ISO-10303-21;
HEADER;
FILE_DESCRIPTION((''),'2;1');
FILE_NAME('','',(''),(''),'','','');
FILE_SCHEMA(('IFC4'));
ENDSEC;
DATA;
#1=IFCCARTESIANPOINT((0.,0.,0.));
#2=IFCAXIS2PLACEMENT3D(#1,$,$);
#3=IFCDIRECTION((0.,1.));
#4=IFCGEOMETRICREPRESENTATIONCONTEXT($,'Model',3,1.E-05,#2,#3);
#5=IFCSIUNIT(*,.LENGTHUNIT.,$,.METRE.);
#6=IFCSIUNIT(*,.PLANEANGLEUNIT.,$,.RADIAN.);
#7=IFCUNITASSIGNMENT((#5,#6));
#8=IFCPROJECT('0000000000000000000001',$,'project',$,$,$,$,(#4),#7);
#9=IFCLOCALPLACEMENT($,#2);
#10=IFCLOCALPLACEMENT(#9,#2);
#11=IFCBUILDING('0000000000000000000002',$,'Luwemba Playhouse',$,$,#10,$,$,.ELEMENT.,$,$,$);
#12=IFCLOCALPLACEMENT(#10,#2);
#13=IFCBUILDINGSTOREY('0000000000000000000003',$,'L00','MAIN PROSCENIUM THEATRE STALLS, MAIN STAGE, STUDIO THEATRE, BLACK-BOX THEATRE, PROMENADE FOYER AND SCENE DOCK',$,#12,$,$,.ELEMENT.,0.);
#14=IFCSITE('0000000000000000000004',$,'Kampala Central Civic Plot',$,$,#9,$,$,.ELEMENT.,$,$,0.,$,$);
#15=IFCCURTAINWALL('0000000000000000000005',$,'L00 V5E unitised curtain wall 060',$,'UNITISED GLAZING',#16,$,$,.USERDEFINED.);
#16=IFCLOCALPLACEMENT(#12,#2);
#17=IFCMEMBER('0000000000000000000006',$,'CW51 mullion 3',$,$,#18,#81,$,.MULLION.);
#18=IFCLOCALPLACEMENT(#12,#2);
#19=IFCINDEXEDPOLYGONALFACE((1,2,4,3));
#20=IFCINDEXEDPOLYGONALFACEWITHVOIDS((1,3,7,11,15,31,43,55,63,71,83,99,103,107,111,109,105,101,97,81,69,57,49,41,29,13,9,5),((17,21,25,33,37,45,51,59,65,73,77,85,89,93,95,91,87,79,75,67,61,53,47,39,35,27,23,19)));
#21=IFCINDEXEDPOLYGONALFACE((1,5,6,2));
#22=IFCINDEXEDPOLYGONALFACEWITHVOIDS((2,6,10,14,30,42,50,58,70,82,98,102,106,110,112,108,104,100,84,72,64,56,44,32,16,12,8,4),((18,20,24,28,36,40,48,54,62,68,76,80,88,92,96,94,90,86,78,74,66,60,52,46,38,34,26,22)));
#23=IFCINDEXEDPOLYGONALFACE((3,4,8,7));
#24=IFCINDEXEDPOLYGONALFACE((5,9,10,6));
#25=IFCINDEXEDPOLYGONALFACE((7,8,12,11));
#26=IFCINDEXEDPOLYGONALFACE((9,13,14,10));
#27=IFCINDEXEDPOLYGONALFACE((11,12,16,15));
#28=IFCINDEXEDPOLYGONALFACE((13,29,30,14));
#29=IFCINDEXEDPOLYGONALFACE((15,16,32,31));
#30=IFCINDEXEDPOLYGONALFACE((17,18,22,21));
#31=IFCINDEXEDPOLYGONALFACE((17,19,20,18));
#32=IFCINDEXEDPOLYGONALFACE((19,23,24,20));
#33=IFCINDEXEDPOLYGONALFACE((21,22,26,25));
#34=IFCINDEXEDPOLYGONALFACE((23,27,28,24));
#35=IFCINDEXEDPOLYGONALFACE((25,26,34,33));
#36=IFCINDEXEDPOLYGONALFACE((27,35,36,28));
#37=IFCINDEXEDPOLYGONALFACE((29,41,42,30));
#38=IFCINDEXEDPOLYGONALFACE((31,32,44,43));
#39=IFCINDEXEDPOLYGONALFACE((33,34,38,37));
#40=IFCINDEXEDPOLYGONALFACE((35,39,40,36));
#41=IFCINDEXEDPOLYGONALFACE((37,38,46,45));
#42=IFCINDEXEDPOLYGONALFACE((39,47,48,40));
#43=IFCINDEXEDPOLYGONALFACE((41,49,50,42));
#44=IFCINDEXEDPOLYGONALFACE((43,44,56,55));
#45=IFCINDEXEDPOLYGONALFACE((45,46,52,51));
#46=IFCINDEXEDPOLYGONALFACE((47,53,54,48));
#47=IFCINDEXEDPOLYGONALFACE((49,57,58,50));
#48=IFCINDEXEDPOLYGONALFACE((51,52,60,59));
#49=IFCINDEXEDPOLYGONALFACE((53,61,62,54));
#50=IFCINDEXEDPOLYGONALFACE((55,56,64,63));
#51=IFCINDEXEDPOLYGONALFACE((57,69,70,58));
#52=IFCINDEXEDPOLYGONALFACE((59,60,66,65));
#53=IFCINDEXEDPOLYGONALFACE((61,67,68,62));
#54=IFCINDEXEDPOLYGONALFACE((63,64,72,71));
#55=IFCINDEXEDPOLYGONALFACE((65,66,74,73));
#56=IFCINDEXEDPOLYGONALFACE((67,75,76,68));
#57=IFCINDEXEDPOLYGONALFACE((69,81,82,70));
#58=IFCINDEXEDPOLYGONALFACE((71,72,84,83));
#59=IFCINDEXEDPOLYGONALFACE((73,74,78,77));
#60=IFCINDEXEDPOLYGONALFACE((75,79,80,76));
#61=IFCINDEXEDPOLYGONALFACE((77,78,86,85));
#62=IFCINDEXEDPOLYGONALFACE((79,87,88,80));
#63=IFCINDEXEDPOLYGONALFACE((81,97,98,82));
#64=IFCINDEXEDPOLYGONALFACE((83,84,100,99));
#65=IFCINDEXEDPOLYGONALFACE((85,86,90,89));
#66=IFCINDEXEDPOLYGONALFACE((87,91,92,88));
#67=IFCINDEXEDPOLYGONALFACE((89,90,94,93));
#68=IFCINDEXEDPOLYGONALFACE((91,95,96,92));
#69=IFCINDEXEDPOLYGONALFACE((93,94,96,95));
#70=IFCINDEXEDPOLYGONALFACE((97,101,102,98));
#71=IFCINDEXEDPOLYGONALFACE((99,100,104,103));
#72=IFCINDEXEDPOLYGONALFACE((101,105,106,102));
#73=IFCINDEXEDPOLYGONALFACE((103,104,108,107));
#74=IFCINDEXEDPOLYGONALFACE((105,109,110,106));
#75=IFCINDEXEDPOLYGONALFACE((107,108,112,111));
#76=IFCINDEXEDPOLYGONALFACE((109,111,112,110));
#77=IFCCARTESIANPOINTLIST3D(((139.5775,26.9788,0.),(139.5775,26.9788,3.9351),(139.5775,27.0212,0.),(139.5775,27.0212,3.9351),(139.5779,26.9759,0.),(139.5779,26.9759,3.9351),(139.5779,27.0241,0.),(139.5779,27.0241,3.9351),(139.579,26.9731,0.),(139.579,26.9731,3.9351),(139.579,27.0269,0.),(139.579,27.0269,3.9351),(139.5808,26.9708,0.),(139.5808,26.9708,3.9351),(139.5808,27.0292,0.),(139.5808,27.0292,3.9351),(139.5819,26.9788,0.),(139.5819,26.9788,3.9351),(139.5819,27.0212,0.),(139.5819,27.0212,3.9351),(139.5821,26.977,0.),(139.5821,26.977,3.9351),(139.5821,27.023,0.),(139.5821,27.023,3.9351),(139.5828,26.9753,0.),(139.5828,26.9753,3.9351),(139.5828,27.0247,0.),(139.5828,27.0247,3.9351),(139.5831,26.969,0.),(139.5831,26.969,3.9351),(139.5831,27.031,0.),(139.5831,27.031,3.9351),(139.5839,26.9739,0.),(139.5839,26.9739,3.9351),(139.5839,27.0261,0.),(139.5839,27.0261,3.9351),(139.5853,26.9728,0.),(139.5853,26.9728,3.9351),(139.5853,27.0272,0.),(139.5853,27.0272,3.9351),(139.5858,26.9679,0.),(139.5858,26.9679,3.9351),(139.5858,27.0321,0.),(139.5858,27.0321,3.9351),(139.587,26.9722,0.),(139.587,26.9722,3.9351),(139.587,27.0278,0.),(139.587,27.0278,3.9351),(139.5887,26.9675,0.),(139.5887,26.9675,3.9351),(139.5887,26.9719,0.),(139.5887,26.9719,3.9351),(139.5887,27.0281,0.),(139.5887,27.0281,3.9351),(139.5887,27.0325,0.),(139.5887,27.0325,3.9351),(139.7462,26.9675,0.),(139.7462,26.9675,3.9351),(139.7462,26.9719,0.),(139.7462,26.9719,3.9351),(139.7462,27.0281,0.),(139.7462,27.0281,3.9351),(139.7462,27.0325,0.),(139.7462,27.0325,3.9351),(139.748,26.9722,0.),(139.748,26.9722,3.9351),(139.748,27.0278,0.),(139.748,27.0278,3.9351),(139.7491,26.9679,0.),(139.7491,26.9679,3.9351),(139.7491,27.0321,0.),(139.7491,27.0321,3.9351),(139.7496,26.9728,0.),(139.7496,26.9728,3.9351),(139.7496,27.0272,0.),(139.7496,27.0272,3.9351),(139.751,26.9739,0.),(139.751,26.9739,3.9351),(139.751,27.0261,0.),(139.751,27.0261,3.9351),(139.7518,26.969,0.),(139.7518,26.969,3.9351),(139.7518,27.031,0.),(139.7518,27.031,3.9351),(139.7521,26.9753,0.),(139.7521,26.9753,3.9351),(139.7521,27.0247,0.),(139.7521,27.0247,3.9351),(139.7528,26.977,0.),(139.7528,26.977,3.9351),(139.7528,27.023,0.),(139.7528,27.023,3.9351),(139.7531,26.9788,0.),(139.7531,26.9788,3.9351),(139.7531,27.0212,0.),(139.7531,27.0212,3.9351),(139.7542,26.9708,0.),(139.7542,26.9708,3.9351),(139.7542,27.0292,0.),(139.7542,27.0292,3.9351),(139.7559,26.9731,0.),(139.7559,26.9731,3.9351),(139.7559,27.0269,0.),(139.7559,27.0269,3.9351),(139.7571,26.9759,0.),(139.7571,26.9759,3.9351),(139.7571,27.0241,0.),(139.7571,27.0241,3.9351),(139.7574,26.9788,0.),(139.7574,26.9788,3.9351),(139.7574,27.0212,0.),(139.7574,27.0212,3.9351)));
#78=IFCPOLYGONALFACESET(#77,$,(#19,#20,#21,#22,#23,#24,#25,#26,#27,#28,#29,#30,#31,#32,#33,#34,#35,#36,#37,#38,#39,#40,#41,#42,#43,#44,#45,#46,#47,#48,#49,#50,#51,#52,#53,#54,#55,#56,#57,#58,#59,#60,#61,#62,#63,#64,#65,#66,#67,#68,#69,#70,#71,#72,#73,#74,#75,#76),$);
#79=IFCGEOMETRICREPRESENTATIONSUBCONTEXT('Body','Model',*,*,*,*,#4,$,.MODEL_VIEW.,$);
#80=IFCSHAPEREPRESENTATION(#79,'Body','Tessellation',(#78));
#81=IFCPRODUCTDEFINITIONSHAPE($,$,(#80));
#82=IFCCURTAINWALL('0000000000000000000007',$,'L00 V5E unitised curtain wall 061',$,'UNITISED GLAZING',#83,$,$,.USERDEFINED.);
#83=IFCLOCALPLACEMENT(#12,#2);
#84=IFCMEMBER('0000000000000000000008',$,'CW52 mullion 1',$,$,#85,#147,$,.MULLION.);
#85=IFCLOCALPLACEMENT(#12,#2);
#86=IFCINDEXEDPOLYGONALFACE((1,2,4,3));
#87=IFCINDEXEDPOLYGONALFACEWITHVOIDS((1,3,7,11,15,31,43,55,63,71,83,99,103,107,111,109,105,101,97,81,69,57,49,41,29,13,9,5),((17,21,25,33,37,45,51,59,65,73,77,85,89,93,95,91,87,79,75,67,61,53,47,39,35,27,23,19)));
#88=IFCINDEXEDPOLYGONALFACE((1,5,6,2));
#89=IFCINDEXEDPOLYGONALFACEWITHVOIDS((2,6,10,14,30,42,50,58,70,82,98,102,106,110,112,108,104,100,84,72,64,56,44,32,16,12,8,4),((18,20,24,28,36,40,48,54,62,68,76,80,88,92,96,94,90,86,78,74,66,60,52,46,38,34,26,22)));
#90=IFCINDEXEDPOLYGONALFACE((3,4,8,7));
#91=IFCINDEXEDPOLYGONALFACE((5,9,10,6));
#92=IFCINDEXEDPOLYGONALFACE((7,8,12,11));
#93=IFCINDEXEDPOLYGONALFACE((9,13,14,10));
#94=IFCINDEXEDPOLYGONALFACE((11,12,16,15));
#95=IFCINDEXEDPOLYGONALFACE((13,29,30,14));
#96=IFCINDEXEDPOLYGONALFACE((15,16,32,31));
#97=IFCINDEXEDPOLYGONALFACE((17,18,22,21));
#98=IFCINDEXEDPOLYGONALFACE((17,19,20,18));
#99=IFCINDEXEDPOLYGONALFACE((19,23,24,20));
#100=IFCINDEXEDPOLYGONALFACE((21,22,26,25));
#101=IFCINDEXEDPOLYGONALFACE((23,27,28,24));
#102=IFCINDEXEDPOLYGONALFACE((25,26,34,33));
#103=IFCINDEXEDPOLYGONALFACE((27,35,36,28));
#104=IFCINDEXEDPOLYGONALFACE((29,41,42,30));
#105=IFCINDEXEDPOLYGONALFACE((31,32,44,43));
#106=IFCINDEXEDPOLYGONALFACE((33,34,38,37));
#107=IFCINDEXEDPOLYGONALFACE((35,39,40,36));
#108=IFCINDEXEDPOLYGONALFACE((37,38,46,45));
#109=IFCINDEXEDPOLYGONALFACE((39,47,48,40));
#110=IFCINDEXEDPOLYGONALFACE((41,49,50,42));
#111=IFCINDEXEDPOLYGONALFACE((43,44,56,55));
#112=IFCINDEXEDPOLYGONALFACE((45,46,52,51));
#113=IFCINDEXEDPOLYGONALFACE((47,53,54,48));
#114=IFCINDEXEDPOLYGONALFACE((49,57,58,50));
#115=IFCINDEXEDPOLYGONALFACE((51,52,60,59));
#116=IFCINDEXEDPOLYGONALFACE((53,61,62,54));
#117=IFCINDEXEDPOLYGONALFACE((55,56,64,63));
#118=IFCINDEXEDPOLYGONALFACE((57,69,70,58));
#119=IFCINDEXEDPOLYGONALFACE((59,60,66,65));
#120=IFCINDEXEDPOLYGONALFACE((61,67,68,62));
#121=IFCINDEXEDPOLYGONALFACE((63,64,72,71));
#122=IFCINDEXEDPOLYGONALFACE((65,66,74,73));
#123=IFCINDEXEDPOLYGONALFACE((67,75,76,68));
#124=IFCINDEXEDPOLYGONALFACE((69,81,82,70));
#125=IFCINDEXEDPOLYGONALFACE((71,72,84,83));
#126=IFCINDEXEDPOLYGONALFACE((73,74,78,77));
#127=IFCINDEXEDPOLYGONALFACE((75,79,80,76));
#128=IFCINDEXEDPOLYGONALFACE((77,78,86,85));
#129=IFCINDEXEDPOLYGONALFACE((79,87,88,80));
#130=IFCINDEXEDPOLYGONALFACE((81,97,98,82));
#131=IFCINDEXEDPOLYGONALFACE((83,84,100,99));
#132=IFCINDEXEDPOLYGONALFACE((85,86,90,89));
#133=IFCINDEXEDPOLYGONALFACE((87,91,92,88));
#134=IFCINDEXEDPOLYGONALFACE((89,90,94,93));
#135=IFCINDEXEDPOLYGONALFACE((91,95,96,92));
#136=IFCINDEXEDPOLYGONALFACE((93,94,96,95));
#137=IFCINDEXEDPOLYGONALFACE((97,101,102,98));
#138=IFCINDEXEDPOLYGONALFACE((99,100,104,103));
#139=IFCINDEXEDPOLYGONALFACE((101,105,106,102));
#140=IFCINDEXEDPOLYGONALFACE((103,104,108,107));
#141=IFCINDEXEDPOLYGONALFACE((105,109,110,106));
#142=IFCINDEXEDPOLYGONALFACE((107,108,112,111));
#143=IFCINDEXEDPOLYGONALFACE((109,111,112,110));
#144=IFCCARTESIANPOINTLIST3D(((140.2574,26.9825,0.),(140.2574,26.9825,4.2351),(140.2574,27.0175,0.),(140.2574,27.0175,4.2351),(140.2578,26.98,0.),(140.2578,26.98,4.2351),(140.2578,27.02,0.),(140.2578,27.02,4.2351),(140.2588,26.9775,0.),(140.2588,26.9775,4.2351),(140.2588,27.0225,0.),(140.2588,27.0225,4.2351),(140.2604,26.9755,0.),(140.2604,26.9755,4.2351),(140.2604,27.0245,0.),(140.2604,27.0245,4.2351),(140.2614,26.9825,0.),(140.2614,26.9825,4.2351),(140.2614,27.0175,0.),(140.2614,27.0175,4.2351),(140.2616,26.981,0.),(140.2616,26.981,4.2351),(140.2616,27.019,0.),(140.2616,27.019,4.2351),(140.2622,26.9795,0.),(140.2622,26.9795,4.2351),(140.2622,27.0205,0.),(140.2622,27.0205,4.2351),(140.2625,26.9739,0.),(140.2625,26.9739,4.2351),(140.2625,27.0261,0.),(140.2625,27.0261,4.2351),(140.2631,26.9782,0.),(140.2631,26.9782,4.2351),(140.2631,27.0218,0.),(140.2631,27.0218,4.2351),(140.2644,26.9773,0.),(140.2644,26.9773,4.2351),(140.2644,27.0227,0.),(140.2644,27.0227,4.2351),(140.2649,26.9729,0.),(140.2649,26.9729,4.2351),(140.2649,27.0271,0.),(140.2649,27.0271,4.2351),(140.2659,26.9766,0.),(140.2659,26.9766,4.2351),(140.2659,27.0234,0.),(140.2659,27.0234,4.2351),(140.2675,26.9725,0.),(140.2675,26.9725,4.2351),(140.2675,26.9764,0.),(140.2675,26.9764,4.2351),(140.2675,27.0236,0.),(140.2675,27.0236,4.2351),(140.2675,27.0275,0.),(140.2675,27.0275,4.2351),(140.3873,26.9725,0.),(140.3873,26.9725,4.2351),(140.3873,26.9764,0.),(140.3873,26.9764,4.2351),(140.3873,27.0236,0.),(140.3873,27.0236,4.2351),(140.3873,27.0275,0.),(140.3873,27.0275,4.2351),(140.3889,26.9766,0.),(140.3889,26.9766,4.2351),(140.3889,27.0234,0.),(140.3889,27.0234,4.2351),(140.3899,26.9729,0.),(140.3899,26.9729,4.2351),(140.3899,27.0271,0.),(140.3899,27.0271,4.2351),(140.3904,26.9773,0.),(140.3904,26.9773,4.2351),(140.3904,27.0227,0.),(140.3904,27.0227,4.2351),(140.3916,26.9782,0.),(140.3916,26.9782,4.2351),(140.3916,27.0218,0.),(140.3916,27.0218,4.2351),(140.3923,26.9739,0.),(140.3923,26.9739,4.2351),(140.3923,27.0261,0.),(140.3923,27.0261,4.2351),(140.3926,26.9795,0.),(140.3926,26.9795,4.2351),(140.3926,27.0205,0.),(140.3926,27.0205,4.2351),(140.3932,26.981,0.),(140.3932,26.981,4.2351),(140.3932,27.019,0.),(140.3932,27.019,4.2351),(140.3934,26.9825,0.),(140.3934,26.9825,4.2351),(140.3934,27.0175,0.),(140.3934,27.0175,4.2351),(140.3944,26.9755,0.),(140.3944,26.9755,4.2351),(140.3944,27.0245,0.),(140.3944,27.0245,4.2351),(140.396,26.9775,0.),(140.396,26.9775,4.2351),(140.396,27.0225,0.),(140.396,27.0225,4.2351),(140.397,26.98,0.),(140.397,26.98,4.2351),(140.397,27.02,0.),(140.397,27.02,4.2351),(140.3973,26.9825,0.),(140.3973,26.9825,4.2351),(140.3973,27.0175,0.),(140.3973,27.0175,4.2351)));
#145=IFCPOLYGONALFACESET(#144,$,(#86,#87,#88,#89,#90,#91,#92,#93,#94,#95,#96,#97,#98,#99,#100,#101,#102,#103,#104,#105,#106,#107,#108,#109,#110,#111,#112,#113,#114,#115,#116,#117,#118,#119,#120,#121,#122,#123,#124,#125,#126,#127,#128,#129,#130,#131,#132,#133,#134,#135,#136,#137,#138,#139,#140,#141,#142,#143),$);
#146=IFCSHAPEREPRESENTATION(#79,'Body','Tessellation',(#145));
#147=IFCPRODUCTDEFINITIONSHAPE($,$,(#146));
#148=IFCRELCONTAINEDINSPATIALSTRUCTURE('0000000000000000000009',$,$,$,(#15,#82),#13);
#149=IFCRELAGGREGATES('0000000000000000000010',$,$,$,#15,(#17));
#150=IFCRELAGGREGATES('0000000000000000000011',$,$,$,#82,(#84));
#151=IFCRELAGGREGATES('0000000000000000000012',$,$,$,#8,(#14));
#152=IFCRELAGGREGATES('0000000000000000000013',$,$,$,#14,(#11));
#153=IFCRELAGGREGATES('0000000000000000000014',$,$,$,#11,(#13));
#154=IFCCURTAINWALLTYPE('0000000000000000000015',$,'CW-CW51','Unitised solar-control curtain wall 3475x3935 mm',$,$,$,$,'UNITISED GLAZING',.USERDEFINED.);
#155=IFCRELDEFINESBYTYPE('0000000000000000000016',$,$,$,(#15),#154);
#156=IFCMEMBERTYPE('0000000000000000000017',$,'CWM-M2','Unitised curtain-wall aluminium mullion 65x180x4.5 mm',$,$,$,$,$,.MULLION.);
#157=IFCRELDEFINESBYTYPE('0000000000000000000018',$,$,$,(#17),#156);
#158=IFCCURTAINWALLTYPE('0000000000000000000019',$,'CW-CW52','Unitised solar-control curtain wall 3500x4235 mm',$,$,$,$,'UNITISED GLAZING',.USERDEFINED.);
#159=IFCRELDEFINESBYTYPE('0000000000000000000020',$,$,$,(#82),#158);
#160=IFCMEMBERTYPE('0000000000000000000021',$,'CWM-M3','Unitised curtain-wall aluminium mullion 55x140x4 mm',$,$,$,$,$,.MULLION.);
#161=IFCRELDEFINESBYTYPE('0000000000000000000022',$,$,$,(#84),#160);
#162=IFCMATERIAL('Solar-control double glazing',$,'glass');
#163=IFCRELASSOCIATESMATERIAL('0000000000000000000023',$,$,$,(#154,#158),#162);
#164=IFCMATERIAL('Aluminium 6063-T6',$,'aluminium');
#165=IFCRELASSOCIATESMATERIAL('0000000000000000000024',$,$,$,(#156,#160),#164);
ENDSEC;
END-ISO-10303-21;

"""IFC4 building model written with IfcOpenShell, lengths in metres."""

from ifc_helpers import new_model, si_unit, direction, frame, origin, origin_2d, place, context, subcontext, project, spatial, hollow_rectangle, extrude, material, material_profile, profile_set, type_object, element, aggregate, save


model = new_model("IFC4")

# Units and contexts
model_context = context("Model", 3, precision=1e-05, world=origin(), true_north=direction((0.0, 1.0)))
body_context = subcontext(model_context, "Body", "Model", "MODEL_VIEW")
ifc_project = project(units=[si_unit("LENGTHUNIT", "METRE"), si_unit("PLANEANGLEUNIT", "RADIAN")], contexts=[model_context])

# Site, building, storey
site_placement = place(None, origin())
site = spatial("IfcSite", under=ifc_project, at=site_placement, Name="Kampala Central Civic Plot", CompositionType="ELEMENT", RefElevation=0.0)
building_placement = place(site_placement, origin())
building = spatial("IfcBuilding", under=site, at=building_placement, Name="Luwemba Playhouse", CompositionType="ELEMENT")
storey_placement = place(building_placement, origin())
storey = spatial("IfcBuildingStorey", under=building, at=storey_placement, Name="L00", Description="MAIN PROSCENIUM THEATRE STALLS, MAIN STAGE, STUDIO THEATRE, BLACK-BOX THEATRE, PROMENADE FOYER AND SCENE DOCK", CompositionType="ELEMENT", Elevation=0.0)

# Curtain wall, member
ifc_material_1 = material(Name="Solar-control double glazing", Category="glass")
curtain_wall_type_1 = type_object("IfcCurtainWallType", Name="CW-CW51", Description="Unitised solar-control curtain wall 3475x3935 mm", ElementType="UNITISED GLAZING", PredefinedType="USERDEFINED", material=ifc_material_1)
curtain_wall_1_placement = place(storey_placement, origin())
curtain_wall_1 = element("IfcCurtainWall", 1, at=curtain_wall_1_placement, inside=storey, type_object=curtain_wall_type_1, Name="L00 V5E unitised curtain wall 060", ObjectType="UNITISED GLAZING", PredefinedType="USERDEFINED")
ifc_material_2 = material(Name="Aluminium 6063-T6", Category="aluminium")
ifc_material_profile_1 = material_profile(ifc_material_2, hollow_rectangle(XDim=0.0649, YDim=0.1799, WallThickness=0.0044, InnerFilletRadius=0.0068, OuterFilletRadius=0.0112, at=origin_2d()))
ifc_profile_set_1 = profile_set([ifc_material_profile_1], Name="Aluminium 6063-T6")
member_type_1 = type_object("IfcMemberType", Name="CWM-M2", Description="Unitised curtain-wall aluminium mullion 65x180x4.5 mm", PredefinedType="MULLION", material=ifc_profile_set_1)
member_1_placement = place(storey_placement, frame((139.6675, 27.0, 0.0), z_axis=(0.0, 0.0, 1.0), x_axis=(0.0, 1.0, 0.0)))
member_1 = element("IfcMember", 2, at=member_1_placement, type_object=member_type_1, Name="CW51 mullion 3", PredefinedType="MULLION", context=body_context, shape_type="SweptSolid", body=[
    extrude(hollow_rectangle(XDim=0.0649, YDim=0.1799, WallThickness=0.0044, InnerFilletRadius=0.0068, OuterFilletRadius=0.0112, at=origin_2d()), origin(), (0.0, 0.0, 1.0), 3.9351),
])

# Curtain wall, member
curtain_wall_type_2 = type_object("IfcCurtainWallType", Name="CW-CW52", Description="Unitised solar-control curtain wall 3500x4235 mm", ElementType="UNITISED GLAZING", PredefinedType="USERDEFINED", material=ifc_material_1)
curtain_wall_2_placement = place(storey_placement, origin())
curtain_wall_2 = element("IfcCurtainWall", 3, at=curtain_wall_2_placement, inside=storey, type_object=curtain_wall_type_2, Name="L00 V5E unitised curtain wall 061", ObjectType="UNITISED GLAZING", PredefinedType="USERDEFINED")
ifc_material_profile_2 = material_profile(ifc_material_2, hollow_rectangle(XDim=0.0549, YDim=0.1399, WallThickness=0.0039, InnerFilletRadius=0.0061, OuterFilletRadius=0.01, at=origin_2d()))
ifc_profile_set_2 = profile_set([ifc_material_profile_2], Name="Aluminium 6063-T6")
member_type_2 = type_object("IfcMemberType", Name="CWM-M3", Description="Unitised curtain-wall aluminium mullion 55x140x4 mm", PredefinedType="MULLION", material=ifc_profile_set_2)
member_2_placement = place(storey_placement, frame((140.3274, 27.0, 0.0), z_axis=(0.0, 0.0, 1.0), x_axis=(0.0, 1.0, 0.0)))
member_2 = element("IfcMember", 4, at=member_2_placement, type_object=member_type_2, Name="CW52 mullion 1", PredefinedType="MULLION", context=body_context, shape_type="SweptSolid", body=[
    extrude(hollow_rectangle(XDim=0.0549, YDim=0.1399, WallThickness=0.0039, InnerFilletRadius=0.0061, OuterFilletRadius=0.01, at=origin_2d()), origin(), (0.0, 0.0, 1.0), 4.2351),
])

aggregate(curtain_wall_1, [member_1])
aggregate(curtain_wall_2, [member_2])

save(model, "model.ifc")
